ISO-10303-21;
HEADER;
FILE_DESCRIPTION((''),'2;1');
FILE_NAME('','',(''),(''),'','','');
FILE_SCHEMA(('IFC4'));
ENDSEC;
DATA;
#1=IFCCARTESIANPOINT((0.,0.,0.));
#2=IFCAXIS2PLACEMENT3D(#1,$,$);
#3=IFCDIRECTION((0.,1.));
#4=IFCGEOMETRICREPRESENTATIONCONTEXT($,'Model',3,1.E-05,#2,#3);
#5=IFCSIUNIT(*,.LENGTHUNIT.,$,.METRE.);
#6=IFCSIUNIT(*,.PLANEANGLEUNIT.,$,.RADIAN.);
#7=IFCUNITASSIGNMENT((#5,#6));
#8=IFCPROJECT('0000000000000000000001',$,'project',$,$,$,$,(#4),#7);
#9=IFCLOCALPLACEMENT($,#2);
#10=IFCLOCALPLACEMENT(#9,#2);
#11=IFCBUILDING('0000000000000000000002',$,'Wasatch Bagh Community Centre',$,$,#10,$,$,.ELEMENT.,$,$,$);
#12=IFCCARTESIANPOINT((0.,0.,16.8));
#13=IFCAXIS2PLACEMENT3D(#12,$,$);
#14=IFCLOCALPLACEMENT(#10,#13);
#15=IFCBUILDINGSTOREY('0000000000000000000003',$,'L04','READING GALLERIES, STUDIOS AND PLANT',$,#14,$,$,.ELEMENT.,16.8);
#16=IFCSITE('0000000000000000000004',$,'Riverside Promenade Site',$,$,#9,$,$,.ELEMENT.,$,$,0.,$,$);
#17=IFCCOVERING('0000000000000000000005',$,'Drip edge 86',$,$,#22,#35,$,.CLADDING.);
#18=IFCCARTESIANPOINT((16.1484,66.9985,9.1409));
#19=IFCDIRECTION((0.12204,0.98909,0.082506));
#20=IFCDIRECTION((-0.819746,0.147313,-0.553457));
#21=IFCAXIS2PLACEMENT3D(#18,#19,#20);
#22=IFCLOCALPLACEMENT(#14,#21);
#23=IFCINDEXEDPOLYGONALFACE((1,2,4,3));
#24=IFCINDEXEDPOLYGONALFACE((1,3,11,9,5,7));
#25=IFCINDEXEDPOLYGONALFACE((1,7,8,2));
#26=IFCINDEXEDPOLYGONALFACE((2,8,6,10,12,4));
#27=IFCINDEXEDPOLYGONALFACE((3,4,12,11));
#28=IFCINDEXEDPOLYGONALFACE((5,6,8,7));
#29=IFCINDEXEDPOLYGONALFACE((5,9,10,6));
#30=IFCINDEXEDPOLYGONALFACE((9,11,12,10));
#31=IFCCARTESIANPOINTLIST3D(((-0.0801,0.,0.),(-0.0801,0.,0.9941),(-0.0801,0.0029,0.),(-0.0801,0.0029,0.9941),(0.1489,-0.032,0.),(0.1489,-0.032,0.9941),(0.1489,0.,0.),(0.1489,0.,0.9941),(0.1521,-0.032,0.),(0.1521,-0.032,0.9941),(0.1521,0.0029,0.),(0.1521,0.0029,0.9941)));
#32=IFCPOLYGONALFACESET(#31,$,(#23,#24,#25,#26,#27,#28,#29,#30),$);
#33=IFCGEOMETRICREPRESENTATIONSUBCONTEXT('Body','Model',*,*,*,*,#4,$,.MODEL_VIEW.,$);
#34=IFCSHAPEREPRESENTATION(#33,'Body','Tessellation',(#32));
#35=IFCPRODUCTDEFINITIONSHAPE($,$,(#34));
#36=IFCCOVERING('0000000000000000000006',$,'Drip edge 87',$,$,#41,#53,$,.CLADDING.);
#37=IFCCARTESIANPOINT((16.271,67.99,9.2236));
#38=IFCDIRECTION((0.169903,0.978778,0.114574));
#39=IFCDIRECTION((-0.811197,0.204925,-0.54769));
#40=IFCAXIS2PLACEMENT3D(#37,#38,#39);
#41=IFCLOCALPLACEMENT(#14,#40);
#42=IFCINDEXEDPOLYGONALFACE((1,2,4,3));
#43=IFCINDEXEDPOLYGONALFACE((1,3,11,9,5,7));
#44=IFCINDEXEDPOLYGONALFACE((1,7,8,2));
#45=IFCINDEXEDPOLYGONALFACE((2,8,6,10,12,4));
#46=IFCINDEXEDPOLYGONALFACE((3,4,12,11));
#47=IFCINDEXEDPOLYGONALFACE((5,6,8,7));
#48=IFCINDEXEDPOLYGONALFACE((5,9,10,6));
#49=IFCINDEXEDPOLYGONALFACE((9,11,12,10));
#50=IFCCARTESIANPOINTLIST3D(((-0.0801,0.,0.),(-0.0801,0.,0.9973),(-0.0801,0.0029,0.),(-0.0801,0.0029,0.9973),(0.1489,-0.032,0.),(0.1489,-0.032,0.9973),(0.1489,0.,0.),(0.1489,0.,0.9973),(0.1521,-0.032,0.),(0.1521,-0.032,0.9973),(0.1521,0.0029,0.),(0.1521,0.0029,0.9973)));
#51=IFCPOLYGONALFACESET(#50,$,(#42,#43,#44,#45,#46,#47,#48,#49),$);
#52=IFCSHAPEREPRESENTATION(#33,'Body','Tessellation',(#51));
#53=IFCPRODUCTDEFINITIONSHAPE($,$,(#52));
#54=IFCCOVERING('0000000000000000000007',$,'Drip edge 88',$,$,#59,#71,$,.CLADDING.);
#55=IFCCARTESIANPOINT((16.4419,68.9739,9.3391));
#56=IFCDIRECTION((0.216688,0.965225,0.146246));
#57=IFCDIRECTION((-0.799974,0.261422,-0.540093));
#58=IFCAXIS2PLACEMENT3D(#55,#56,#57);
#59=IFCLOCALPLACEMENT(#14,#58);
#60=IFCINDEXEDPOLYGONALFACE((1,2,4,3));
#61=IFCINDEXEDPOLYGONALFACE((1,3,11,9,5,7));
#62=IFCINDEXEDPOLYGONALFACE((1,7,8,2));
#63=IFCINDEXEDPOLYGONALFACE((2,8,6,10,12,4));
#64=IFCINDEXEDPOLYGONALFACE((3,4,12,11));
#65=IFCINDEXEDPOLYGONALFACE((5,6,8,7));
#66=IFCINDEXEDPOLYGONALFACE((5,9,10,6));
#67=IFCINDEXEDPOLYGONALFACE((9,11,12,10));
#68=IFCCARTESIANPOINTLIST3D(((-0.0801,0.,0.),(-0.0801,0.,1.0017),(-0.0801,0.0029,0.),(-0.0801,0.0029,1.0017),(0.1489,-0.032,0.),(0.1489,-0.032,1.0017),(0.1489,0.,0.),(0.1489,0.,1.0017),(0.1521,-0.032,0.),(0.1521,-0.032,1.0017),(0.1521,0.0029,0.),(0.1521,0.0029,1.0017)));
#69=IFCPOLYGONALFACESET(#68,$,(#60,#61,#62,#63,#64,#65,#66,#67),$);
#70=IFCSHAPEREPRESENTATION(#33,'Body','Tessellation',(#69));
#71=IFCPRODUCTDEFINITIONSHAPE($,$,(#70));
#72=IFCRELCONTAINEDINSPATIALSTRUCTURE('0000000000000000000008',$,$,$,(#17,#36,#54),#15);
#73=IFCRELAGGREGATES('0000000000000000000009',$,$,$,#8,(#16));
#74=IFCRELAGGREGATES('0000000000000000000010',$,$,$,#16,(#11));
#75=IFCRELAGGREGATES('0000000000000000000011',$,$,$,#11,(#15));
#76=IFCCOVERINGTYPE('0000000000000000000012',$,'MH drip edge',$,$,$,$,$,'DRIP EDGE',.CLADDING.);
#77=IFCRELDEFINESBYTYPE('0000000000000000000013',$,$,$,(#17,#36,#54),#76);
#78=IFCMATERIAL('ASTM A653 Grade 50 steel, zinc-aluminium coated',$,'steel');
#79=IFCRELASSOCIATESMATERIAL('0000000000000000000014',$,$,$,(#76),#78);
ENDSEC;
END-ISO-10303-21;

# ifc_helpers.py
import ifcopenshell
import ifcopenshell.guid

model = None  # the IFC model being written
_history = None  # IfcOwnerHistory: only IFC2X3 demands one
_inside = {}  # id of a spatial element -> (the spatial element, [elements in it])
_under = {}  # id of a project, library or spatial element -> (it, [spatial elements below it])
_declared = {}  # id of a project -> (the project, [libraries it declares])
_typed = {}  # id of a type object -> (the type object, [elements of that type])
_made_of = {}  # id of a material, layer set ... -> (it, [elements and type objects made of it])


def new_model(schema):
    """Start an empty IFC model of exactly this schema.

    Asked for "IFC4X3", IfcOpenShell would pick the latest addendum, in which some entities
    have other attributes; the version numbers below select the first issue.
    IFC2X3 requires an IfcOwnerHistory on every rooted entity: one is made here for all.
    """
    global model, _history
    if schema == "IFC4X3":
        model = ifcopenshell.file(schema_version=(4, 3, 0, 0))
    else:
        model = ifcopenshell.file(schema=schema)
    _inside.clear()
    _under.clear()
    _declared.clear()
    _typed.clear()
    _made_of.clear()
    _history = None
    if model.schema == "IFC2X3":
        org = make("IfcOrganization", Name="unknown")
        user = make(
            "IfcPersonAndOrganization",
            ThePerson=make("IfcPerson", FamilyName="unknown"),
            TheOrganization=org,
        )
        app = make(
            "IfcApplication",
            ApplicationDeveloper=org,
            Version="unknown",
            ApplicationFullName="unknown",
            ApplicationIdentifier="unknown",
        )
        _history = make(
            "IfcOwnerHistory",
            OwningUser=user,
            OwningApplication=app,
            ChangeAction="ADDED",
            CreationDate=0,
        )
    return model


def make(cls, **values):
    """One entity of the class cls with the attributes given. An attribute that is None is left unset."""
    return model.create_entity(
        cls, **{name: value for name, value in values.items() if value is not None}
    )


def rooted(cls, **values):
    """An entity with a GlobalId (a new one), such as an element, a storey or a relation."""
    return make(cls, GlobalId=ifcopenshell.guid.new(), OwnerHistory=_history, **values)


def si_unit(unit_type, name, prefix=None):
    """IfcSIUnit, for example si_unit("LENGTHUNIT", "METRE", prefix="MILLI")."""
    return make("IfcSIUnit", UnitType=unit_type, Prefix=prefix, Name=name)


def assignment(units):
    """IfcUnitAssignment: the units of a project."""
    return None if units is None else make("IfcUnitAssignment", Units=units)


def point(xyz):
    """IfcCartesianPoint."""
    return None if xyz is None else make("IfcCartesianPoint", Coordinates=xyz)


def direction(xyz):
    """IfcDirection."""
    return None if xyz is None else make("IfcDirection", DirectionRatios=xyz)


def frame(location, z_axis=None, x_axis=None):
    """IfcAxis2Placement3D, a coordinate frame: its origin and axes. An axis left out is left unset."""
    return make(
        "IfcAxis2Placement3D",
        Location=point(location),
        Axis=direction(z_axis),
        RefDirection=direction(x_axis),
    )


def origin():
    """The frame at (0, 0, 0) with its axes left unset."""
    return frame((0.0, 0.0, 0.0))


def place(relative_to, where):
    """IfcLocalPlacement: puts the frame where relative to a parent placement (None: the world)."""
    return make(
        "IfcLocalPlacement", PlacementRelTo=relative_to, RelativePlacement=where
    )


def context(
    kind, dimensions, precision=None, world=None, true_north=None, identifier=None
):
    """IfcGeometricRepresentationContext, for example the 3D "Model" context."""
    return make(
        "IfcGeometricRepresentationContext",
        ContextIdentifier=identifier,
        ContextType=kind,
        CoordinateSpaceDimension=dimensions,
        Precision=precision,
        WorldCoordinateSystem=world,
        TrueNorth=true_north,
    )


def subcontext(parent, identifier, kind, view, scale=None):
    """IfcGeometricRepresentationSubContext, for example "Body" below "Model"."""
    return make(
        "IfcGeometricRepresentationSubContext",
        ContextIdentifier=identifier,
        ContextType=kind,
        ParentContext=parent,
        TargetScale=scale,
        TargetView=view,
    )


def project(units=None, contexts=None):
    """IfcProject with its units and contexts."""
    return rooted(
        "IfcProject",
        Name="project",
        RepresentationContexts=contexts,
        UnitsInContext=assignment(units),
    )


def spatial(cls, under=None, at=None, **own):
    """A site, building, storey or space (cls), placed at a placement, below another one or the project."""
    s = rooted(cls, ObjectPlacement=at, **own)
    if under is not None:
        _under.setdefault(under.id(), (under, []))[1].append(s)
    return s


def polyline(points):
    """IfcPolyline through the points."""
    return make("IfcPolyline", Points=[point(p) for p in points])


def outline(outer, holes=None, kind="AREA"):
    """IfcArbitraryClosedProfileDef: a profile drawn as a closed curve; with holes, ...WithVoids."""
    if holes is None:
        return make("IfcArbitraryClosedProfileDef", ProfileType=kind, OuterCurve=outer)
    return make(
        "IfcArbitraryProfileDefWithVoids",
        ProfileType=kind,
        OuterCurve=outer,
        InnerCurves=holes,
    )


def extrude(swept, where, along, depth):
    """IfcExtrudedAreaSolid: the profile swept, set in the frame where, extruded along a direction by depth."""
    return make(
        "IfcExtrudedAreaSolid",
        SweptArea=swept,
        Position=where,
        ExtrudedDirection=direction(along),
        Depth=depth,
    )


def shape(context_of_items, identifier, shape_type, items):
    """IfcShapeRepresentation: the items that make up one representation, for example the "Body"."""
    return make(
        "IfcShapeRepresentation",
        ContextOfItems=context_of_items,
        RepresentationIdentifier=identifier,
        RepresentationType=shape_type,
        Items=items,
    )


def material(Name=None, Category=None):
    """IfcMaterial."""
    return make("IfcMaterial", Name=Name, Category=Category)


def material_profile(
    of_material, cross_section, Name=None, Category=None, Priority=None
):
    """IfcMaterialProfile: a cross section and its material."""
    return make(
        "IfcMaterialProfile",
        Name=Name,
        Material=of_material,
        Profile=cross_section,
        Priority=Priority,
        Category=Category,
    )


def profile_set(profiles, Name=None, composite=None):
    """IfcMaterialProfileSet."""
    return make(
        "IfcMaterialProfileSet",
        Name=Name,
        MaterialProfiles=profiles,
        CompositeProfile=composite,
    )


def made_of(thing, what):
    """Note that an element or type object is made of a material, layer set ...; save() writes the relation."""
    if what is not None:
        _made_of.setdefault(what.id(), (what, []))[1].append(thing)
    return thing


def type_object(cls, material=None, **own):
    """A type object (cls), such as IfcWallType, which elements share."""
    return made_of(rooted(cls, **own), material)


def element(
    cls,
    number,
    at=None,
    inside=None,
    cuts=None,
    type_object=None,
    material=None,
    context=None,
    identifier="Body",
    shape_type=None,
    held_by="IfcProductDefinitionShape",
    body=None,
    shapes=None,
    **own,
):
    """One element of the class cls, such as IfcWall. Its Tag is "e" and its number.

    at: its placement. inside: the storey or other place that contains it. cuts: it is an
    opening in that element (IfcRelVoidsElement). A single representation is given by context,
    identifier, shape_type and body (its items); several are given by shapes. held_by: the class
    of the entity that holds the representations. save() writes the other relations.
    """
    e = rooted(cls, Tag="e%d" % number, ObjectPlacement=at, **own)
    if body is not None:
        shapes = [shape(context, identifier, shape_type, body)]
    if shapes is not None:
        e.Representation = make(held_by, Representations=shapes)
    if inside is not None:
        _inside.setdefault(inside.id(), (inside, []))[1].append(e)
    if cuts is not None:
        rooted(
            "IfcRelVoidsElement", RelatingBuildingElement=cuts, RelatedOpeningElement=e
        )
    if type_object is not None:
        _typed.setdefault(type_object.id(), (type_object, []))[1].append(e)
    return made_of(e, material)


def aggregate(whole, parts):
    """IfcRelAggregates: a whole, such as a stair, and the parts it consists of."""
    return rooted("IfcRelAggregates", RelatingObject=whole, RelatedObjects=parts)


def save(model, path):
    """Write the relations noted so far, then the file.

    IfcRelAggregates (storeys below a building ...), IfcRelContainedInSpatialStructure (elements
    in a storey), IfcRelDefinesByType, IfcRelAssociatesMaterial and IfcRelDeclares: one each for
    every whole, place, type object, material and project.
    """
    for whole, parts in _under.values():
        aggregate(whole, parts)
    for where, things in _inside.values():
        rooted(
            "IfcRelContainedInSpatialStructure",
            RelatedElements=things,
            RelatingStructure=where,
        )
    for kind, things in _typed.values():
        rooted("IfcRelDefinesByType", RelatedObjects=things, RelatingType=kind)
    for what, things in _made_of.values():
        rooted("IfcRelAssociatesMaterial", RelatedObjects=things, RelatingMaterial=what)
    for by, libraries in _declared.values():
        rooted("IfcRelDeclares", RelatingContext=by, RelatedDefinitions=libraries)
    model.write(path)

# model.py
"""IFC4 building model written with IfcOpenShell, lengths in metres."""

from ifc_helpers import new_model, si_unit, direction, frame, origin, place, context, subcontext, project, spatial, polyline, outline, extrude, material, material_profile, profile_set, type_object, element, save


model = new_model("IFC4")

# Units and contexts
model_context = context("Model", 3, precision=1e-05, world=origin(), true_north=direction((0.0, 1.0)))
body_context = subcontext(model_context, "Body", "Model", "MODEL_VIEW")
ifc_project = project(units=[si_unit("LENGTHUNIT", "METRE"), si_unit("PLANEANGLEUNIT", "RADIAN")], contexts=[model_context])

# Site, building, storey
site_placement = place(None, origin())
site = spatial("IfcSite", under=ifc_project, at=site_placement, Name="Riverside Promenade Site", CompositionType="ELEMENT", RefElevation=0.0)
building_placement = place(site_placement, origin())
building = spatial("IfcBuilding", under=site, at=building_placement, Name="Wasatch Bagh Community Centre", CompositionType="ELEMENT")
storey_placement = place(building_placement, frame((0.0, 0.0, 16.8)))
storey = spatial("IfcBuildingStorey", under=building, at=storey_placement, Name="L04", Description="READING GALLERIES, STUDIOS AND PLANT", CompositionType="ELEMENT", Elevation=16.8)

# Coverings
ifc_material_1 = material(Name="ASTM A653 Grade 50 steel, zinc-aluminium coated", Category="steel")
ifc_material_profile_1 = material_profile(ifc_material_1, outline(polyline([(-0.0801, 0.0029), (0.1521, 0.0029), (0.1521, -0.032), (0.1489, -0.032), (0.1489, 0.0), (-0.0801, 0.0), (-0.0801, 0.0029)])), Name="DRIP EDGE")
ifc_profile_set_1 = profile_set([ifc_material_profile_1], Name="ASTM A653 Grade 50 steel, zinc-aluminium coated")
covering_type_1 = type_object("IfcCoveringType", Name="MH drip edge", ElementType="DRIP EDGE", PredefinedType="CLADDING", material=ifc_profile_set_1)
covering_1_placement = place(storey_placement, frame((16.1484, 66.9985, 9.1409), z_axis=(0.12204, 0.98909, 0.082506), x_axis=(-0.819746, 0.147313, -0.553457)))
element("IfcCovering", 1, at=covering_1_placement, inside=storey, type_object=covering_type_1, Name="Drip edge 86", PredefinedType="CLADDING", context=body_context, shape_type="SweptSolid", body=[
    extrude(outline(polyline([(-0.0801, 0.0029), (0.1521, 0.0029), (0.1521, -0.032), (0.1489, -0.032), (0.1489, 0.0), (-0.0801, 0.0), (-0.0801, 0.0029)])), origin(), (0.0, 0.0, 1.0), 0.9941),
])
covering_2_placement = place(storey_placement, frame((16.271, 67.99, 9.2236), z_axis=(0.169903, 0.978778, 0.114574), x_axis=(-0.811197, 0.204925, -0.54769)))
element("IfcCovering", 2, at=covering_2_placement, inside=storey, type_object=covering_type_1, Name="Drip edge 87", PredefinedType="CLADDING", context=body_context, shape_type="SweptSolid", body=[
    extrude(outline(polyline([(-0.0801, 0.0029), (0.1521, 0.0029), (0.1521, -0.032), (0.1489, -0.032), (0.1489, 0.0), (-0.0801, 0.0), (-0.0801, 0.0029)])), origin(), (0.0, 0.0, 1.0), 0.9973),
])
covering_3_placement = place(storey_placement, frame((16.4419, 68.9739, 9.3391), z_axis=(0.216688, 0.965225, 0.146246), x_axis=(-0.799974, 0.261422, -0.540093)))
element("IfcCovering", 3, at=covering_3_placement, inside=storey, type_object=covering_type_1, Name="Drip edge 88", PredefinedType="CLADDING", context=body_context, shape_type="SweptSolid", body=[
    extrude(outline(polyline([(-0.0801, 0.0029), (0.1521, 0.0029), (0.1521, -0.032), (0.1489, -0.032), (0.1489, 0.0), (-0.0801, 0.0), (-0.0801, 0.0029)])), origin(), (0.0, 0.0, 1.0), 1.0017),
])

save(model, "model.ifc")
